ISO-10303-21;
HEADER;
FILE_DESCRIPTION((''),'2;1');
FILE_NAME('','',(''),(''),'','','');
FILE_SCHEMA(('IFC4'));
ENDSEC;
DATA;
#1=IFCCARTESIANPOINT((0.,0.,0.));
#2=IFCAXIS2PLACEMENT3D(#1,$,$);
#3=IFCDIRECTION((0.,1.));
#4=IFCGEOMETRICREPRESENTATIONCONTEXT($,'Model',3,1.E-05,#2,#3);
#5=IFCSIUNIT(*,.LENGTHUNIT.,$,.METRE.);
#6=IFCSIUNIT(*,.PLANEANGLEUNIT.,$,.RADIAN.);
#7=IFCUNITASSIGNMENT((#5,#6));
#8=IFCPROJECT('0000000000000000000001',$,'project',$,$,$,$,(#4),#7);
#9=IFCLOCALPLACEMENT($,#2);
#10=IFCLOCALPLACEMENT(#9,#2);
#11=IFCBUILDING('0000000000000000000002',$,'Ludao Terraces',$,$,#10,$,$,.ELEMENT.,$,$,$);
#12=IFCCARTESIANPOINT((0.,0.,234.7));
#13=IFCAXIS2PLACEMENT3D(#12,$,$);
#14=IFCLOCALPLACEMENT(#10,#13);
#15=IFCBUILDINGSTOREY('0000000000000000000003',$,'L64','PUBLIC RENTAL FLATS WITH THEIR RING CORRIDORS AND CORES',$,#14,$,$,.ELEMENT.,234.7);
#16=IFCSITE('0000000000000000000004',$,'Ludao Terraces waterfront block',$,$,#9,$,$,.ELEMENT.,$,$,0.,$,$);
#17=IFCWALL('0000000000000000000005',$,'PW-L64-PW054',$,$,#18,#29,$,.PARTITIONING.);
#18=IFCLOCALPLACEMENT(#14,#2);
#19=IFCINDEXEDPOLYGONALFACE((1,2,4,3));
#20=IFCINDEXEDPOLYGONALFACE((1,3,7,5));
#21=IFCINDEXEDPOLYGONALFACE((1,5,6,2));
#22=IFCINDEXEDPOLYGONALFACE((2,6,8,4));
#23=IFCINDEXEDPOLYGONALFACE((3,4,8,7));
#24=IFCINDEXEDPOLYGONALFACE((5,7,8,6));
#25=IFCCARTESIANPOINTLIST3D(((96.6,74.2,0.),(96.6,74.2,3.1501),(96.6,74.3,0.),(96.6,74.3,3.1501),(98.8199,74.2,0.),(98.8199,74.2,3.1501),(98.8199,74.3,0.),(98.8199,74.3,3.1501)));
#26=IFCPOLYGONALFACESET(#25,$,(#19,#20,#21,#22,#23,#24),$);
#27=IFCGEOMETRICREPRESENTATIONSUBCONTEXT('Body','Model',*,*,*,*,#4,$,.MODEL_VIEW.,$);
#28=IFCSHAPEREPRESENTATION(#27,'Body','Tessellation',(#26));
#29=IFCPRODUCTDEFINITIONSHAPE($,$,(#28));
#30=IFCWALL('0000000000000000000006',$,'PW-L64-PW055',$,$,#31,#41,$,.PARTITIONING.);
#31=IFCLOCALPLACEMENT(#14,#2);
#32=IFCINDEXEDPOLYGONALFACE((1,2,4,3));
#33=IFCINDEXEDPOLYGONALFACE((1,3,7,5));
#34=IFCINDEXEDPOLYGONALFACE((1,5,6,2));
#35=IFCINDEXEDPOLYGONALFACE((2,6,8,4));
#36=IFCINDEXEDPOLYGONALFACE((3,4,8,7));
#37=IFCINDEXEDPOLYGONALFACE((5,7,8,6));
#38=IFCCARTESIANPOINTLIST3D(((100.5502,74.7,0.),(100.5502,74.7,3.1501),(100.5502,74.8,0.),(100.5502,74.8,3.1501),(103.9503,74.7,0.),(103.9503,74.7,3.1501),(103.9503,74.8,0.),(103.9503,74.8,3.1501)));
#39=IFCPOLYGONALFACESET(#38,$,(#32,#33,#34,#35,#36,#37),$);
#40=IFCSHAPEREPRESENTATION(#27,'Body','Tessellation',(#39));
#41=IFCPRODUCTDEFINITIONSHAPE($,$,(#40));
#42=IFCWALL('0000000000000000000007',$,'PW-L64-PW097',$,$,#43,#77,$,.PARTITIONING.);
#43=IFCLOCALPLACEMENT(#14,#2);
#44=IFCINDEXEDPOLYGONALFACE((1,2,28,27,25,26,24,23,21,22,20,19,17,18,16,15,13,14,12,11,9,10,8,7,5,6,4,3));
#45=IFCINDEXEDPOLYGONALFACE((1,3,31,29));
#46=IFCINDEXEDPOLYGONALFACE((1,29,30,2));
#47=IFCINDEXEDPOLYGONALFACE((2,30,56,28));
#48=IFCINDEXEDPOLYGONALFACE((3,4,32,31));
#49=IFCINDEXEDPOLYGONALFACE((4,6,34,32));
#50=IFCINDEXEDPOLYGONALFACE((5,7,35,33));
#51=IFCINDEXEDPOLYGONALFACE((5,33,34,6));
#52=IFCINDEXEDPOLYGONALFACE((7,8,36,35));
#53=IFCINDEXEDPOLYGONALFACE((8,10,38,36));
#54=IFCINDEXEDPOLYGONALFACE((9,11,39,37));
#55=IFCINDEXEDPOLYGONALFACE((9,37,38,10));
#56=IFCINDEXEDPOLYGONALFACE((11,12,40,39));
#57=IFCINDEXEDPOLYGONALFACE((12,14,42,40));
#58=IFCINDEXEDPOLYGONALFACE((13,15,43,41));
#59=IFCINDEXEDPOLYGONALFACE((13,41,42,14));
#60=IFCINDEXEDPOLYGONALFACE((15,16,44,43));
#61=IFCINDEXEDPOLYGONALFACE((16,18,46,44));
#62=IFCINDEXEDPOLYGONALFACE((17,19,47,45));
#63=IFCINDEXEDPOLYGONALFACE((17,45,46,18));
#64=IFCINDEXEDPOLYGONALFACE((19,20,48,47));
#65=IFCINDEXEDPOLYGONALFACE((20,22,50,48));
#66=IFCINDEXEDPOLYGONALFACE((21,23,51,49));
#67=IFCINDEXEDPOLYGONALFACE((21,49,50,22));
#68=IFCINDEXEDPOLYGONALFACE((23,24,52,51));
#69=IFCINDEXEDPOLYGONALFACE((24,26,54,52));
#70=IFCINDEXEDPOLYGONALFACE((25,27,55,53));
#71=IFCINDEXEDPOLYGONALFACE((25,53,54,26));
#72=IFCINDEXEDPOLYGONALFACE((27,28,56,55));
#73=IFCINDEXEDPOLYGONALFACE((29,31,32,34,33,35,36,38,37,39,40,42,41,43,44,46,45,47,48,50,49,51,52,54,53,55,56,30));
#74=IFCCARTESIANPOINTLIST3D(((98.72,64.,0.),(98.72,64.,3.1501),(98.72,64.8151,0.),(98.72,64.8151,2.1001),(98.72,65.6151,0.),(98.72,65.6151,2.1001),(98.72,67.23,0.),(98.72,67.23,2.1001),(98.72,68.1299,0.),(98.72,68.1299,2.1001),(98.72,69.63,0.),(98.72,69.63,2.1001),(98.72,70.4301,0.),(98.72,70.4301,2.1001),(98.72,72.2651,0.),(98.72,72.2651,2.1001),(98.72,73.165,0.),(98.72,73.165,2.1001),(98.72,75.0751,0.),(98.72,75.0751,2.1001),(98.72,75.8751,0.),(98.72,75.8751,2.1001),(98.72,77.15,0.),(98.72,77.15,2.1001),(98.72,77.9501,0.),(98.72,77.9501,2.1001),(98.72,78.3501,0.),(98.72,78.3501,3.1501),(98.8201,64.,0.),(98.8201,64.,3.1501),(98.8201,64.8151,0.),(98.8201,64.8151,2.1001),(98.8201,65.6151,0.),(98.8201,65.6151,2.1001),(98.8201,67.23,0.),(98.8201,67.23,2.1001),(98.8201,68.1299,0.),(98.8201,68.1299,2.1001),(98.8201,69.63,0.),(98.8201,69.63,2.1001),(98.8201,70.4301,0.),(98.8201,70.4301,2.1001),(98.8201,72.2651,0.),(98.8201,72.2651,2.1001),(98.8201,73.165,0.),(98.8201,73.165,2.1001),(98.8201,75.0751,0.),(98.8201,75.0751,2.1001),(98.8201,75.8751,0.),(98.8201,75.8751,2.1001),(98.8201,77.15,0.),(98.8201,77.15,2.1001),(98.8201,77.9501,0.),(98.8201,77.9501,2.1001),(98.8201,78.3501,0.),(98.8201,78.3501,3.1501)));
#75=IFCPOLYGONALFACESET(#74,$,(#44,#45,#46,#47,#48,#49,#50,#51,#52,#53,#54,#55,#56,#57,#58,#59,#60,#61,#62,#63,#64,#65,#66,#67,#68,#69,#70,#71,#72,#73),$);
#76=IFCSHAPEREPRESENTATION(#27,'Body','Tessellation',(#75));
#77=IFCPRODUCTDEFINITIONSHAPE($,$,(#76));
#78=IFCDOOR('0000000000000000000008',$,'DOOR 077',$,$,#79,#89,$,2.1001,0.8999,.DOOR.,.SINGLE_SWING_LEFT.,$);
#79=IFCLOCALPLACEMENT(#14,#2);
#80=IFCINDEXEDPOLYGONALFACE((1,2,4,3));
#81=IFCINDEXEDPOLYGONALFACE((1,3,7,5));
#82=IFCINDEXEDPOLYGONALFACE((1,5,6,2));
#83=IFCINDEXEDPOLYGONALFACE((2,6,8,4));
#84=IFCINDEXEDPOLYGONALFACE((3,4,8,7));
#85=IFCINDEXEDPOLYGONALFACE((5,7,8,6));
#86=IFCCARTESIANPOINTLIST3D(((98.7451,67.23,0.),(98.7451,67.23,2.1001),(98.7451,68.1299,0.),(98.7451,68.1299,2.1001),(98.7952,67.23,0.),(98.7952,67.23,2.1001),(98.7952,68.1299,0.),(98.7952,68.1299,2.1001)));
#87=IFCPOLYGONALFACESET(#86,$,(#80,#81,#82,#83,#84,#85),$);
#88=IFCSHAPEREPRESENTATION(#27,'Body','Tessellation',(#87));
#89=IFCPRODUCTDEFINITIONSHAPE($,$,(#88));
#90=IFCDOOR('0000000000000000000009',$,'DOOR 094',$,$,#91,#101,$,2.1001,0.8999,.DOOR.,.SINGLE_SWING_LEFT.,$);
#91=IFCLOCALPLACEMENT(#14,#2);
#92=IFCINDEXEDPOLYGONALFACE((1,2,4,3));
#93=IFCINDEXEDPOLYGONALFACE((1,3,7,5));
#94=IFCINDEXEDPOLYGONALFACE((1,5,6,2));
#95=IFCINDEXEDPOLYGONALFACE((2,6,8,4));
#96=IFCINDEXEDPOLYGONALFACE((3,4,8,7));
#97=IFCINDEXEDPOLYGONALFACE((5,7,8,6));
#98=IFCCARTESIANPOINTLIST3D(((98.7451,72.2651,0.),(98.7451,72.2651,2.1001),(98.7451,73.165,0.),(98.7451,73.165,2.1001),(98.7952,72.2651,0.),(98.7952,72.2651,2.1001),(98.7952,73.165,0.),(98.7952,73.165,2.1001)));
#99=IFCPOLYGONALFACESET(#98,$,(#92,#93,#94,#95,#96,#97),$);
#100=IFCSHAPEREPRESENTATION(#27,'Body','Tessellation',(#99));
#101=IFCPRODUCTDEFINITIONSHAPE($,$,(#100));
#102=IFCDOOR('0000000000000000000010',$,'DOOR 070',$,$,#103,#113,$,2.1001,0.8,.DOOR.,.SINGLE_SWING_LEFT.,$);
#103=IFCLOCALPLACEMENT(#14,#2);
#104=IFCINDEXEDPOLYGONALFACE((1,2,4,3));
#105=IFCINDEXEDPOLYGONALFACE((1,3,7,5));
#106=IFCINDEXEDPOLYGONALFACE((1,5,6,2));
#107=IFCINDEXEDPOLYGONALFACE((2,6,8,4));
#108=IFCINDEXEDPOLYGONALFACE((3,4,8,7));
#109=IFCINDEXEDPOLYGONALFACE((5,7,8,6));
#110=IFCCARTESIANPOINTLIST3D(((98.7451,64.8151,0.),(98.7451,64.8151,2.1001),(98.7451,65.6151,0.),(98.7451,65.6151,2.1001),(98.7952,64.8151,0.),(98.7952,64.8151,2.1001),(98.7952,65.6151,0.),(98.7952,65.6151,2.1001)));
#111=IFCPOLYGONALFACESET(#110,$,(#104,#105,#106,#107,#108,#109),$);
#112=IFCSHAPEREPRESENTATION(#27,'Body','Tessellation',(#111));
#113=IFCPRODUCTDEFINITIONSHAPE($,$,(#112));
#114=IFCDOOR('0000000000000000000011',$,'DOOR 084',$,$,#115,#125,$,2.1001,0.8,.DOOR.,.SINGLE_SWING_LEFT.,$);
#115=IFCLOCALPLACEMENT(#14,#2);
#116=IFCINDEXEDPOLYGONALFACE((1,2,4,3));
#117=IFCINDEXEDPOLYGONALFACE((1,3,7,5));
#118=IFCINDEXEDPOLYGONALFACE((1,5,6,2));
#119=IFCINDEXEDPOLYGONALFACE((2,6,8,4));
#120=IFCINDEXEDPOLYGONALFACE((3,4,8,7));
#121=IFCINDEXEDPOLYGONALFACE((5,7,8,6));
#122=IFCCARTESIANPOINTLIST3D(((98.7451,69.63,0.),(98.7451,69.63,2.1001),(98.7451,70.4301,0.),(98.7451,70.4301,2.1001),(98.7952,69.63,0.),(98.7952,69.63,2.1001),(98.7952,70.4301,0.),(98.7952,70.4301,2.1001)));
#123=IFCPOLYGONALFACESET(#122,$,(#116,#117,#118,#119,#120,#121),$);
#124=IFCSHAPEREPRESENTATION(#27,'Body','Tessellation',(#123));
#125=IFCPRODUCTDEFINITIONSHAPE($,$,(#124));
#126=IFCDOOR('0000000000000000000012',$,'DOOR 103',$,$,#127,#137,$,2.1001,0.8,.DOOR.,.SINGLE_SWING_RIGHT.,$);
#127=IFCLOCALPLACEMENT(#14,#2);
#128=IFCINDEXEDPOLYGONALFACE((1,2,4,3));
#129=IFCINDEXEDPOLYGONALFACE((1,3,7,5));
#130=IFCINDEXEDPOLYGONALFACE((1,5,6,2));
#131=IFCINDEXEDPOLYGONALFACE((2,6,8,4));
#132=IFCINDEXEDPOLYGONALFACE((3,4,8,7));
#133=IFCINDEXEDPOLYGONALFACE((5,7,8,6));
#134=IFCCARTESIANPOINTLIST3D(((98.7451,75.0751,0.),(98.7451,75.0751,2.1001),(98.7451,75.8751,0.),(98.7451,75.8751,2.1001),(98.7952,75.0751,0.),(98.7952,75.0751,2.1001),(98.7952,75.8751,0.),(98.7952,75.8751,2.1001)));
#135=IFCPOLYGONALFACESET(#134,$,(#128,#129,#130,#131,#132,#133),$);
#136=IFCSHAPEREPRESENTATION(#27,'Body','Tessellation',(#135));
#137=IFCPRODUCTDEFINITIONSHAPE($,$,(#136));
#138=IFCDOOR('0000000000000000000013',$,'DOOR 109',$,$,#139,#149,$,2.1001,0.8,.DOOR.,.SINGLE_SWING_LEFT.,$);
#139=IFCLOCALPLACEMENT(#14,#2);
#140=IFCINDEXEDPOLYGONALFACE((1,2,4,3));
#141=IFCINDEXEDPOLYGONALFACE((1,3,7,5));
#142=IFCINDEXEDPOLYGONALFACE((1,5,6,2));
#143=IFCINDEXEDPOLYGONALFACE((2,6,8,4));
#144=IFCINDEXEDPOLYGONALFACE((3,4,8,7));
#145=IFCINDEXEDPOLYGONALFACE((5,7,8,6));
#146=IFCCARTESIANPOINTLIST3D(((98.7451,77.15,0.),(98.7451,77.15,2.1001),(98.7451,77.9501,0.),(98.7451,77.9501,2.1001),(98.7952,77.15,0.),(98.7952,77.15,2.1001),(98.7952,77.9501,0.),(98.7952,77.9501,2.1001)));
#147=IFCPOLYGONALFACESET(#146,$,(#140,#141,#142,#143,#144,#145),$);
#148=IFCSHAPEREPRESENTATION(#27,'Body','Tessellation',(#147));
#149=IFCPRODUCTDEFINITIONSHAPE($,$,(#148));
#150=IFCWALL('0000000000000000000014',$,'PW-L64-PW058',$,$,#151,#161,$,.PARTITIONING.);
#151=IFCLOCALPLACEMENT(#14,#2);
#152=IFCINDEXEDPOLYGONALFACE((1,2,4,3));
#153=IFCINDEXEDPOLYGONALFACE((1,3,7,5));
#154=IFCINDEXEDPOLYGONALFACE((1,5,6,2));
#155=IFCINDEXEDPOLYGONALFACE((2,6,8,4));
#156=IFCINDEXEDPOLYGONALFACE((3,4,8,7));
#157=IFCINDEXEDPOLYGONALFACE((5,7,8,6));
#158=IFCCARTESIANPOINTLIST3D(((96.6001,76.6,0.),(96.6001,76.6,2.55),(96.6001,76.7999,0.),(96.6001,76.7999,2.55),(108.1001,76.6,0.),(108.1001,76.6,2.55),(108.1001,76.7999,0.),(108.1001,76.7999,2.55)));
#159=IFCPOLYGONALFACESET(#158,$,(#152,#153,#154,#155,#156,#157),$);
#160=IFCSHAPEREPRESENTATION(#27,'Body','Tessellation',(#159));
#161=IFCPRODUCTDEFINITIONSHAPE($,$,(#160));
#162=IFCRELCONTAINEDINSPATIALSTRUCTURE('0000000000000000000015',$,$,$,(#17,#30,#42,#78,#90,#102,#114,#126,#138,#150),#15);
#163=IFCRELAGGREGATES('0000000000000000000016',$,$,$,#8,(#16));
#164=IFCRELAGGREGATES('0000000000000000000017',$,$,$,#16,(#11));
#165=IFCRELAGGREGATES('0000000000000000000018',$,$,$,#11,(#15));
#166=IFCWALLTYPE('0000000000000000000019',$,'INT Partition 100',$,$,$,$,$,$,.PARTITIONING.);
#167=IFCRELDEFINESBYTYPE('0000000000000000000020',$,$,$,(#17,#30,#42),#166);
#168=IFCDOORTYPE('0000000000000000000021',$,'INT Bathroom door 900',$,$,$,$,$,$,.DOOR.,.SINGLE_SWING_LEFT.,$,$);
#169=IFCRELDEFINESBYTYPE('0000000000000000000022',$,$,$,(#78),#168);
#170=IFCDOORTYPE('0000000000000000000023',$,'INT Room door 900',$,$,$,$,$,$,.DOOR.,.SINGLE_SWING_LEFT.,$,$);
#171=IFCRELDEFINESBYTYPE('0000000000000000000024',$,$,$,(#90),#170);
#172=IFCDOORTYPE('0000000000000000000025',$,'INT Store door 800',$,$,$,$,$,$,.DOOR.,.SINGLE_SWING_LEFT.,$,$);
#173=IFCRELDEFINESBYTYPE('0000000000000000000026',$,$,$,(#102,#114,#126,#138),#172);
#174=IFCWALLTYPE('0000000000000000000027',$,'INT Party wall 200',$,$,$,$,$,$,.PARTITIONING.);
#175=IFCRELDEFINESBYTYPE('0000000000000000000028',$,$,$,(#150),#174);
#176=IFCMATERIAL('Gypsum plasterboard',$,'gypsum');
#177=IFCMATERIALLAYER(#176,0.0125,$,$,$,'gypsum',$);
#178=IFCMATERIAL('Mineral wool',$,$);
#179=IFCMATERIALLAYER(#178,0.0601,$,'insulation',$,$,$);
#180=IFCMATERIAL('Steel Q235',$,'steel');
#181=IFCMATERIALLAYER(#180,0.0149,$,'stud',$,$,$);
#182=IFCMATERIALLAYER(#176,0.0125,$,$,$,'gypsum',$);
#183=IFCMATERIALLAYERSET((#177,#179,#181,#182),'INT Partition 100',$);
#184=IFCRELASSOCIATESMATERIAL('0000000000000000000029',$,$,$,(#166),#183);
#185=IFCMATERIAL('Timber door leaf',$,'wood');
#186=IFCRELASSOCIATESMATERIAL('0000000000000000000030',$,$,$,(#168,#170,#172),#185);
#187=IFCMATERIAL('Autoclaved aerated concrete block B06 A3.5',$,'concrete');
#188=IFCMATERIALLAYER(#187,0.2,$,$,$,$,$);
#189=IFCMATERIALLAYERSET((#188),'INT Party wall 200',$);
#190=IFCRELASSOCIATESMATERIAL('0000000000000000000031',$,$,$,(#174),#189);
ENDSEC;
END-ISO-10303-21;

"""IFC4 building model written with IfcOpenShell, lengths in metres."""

from ifc_helpers import new_model, si_unit, direction, frame, frame_2d, origin, place, context, subcontext, project, spatial, rectangle, extrude, material, layer, layer_set, type_object, element, fill, save


model = new_model("IFC4")

# Units and contexts
model_context = context("Model", 3, precision=1e-05, world=origin(), true_north=direction((0.0, 1.0)))
body_context = subcontext(model_context, "Body", "Model", "MODEL_VIEW")
ifc_project = project(units=[si_unit("LENGTHUNIT", "METRE"), si_unit("PLANEANGLEUNIT", "RADIAN")], contexts=[model_context])

# Site, building, storey
site_placement = place(None, origin())
site = spatial("IfcSite", under=ifc_project, at=site_placement, Name="Ludao Terraces waterfront block", CompositionType="ELEMENT", RefElevation=0.0)
building_placement = place(site_placement, origin())
building = spatial("IfcBuilding", under=site, at=building_placement, Name="Ludao Terraces", CompositionType="ELEMENT")
storey_placement = place(building_placement, frame((0.0, 0.0, 234.7)))
storey = spatial("IfcBuildingStorey", under=building, at=storey_placement, Name="L64", Description="PUBLIC RENTAL FLATS WITH THEIR RING CORRIDORS AND CORES", CompositionType="ELEMENT", Elevation=234.7)

# Shared definitions
ifc_material_1 = material(Name="Mineral wool")

# Walls
ifc_material_2 = material(Name="Gypsum plasterboard", Category="gypsum")
ifc_layer_1 = layer(ifc_material_2, 0.0125, Category="gypsum")
ifc_layer_2 = layer(ifc_material_1, 0.0601, Name="insulation")
ifc_material_3 = material(Name="Steel Q235", Category="steel")
ifc_layer_3 = layer(ifc_material_3, 0.0149, Name="stud")
ifc_layer_4 = layer(ifc_material_2, 0.0125, Category="gypsum")
ifc_layer_set_1 = layer_set([ifc_layer_1, ifc_layer_2, ifc_layer_3, ifc_layer_4], Name="INT Partition 100")
wall_type_1 = type_object("IfcWallType", Name="INT Partition 100", PredefinedType="PARTITIONING", material=ifc_layer_set_1)
wall_1_placement = place(storey_placement, frame((96.6001, 74.25, 0.0), z_axis=(0.0, 0.0, 1.0), x_axis=(1.0, 0.0, 0.0)))
element("IfcWall", 1, at=wall_1_placement, inside=storey, type_object=wall_type_1, Name="PW-L64-PW054", PredefinedType="PARTITIONING", context=body_context, shape_type="SweptSolid", body=[
    extrude(rectangle(XDim=2.22, YDim=0.1001, at=frame_2d((1.1099, 0.0))), origin(), (0.0, 0.0, 1.0), 3.1501),
])
wall_2_placement = place(storey_placement, frame((100.55, 74.75, 0.0), z_axis=(0.0, 0.0, 1.0), x_axis=(1.0, 0.0, 0.0)))
element("IfcWall", 2, at=wall_2_placement, inside=storey, type_object=wall_type_1, Name="PW-L64-PW055", PredefinedType="PARTITIONING", context=body_context, shape_type="SweptSolid", body=[
    extrude(rectangle(XDim=3.4001, YDim=0.1001, at=frame_2d((1.7002, 0.0))), origin(), (0.0, 0.0, 1.0), 3.1501),
])

# Wall, openings, doors
wall_3_placement = place(storey_placement, frame((98.77, 64.0, 0.0), z_axis=(0.0, 0.0, 1.0), x_axis=(0.0, 1.0, 0.0)))
wall_3 = element("IfcWall", 3, at=wall_3_placement, inside=storey, type_object=wall_type_1, Name="PW-L64-PW097", PredefinedType="PARTITIONING", context=body_context, shape_type="SweptSolid", body=[
    extrude(rectangle(XDim=14.3501, YDim=0.1001, at=frame_2d((7.175, 0.0))), origin(), (0.0, 0.0, 1.0), 3.1501),
])
opening_1_placement = place(wall_3_placement, frame((0.8152, 0.0, 0.0)))
opening_1 = element("IfcOpeningElement", 4, at=opening_1_placement, cuts=wall_3, PredefinedType="OPENING", context=body_context, shape_type="SweptSolid", body=[
    extrude(rectangle(XDim=0.8, YDim=2.1001, at=frame_2d((0.3999, 1.05))), frame((0.0, 0.0601, 0.0), z_axis=(0.0, -1.0, 0.0), x_axis=(1.0, 0.0, 0.0)), (0.0, 0.0, 1.0), 0.1201),
])
opening_2_placement = place(wall_3_placement, frame((3.23, 0.0, 0.0)))
opening_2 = element("IfcOpeningElement", 5, at=opening_2_placement, cuts=wall_3, PredefinedType="OPENING", context=body_context, shape_type="SweptSolid", body=[
    extrude(rectangle(XDim=0.8999, YDim=2.1001, at=frame_2d((0.45, 1.05))), frame((0.0, 0.0601, 0.0), z_axis=(0.0, -1.0, 0.0), x_axis=(1.0, 0.0, 0.0)), (0.0, 0.0, 1.0), 0.1201),
])
opening_3_placement = place(wall_3_placement, frame((5.6301, 0.0, 0.0)))
opening_3 = element("IfcOpeningElement", 6, at=opening_3_placement, cuts=wall_3, PredefinedType="OPENING", context=body_context, shape_type="SweptSolid", body=[
    extrude(rectangle(XDim=0.8, YDim=2.1001, at=frame_2d((0.3999, 1.05))), frame((0.0, 0.0601, 0.0), z_axis=(0.0, -1.0, 0.0), x_axis=(1.0, 0.0, 0.0)), (0.0, 0.0, 1.0), 0.1201),
])
opening_4_placement = place(wall_3_placement, frame((8.2651, 0.0, 0.0)))
opening_4 = element("IfcOpeningElement", 7, at=opening_4_placement, cuts=wall_3, PredefinedType="OPENING", context=body_context, shape_type="SweptSolid", body=[
    extrude(rectangle(XDim=0.8999, YDim=2.1001, at=frame_2d((0.45, 1.05))), frame((0.0, 0.0601, 0.0), z_axis=(0.0, -1.0, 0.0), x_axis=(1.0, 0.0, 0.0)), (0.0, 0.0, 1.0), 0.1201),
])
opening_5_placement = place(wall_3_placement, frame((11.0752, 0.0, 0.0)))
opening_5 = element("IfcOpeningElement", 8, at=opening_5_placement, cuts=wall_3, PredefinedType="OPENING", context=body_context, shape_type="SweptSolid", body=[
    extrude(rectangle(XDim=0.8, YDim=2.1001, at=frame_2d((0.3999, 1.05))), frame((0.0, 0.0601, 0.0), z_axis=(0.0, -1.0, 0.0), x_axis=(1.0, 0.0, 0.0)), (0.0, 0.0, 1.0), 0.1201),
])
opening_6_placement = place(wall_3_placement, frame((13.1501, 0.0, 0.0)))
opening_6 = element("IfcOpeningElement", 9, at=opening_6_placement, cuts=wall_3, PredefinedType="OPENING", context=body_context, shape_type="SweptSolid", body=[
    extrude(rectangle(XDim=0.8, YDim=2.1001, at=frame_2d((0.3999, 1.05))), frame((0.0, 0.0601, 0.0), z_axis=(0.0, -1.0, 0.0), x_axis=(1.0, 0.0, 0.0)), (0.0, 0.0, 1.0), 0.1201),
])
ifc_material_4 = material(Name="Timber door leaf", Category="wood")
door_type_1 = type_object("IfcDoorType", Name="INT Bathroom door 900", OperationType="SINGLE_SWING_LEFT", PredefinedType="DOOR", material=ifc_material_4)
door_1_placement = place(opening_2_placement, origin())
door_1 = element("IfcDoor", 10, at=door_1_placement, inside=storey, type_object=door_type_1, Name="DOOR 077", OperationType="SINGLE_SWING_LEFT", OverallHeight=2.1001, OverallWidth=0.8999, PredefinedType="DOOR", context=body_context, shape_type="SweptSolid", body=[
    extrude(rectangle(XDim=0.8999, YDim=2.1001, at=frame_2d((0.45, 1.05))), frame((0.0, 0.0249, 0.0), z_axis=(0.0, -1.0, 0.0), x_axis=(1.0, 0.0, 0.0)), (0.0, 0.0, 1.0), 0.05),
])
fill(opening_2, door_1)
door_type_2 = type_object("IfcDoorType", Name="INT Room door 900", OperationType="SINGLE_SWING_LEFT", PredefinedType="DOOR", material=ifc_material_4)
door_2_placement = place(opening_4_placement, origin())
door_2 = element("IfcDoor", 11, at=door_2_placement, inside=storey, type_object=door_type_2, Name="DOOR 094", OperationType="SINGLE_SWING_LEFT", OverallHeight=2.1001, OverallWidth=0.8999, PredefinedType="DOOR", context=body_context, shape_type="SweptSolid", body=[
    extrude(rectangle(XDim=0.8999, YDim=2.1001, at=frame_2d((0.45, 1.05))), frame((0.0, 0.0249, 0.0), z_axis=(0.0, -1.0, 0.0), x_axis=(1.0, 0.0, 0.0)), (0.0, 0.0, 1.0), 0.05),
])
fill(opening_4, door_2)
door_type_3 = type_object("IfcDoorType", Name="INT Store door 800", OperationType="SINGLE_SWING_LEFT", PredefinedType="DOOR", material=ifc_material_4)
door_3_placement = place(opening_1_placement, origin())
door_3 = element("IfcDoor", 12, at=door_3_placement, inside=storey, type_object=door_type_3, Name="DOOR 070", OperationType="SINGLE_SWING_LEFT", OverallHeight=2.1001, OverallWidth=0.8, PredefinedType="DOOR", context=body_context, shape_type="SweptSolid", body=[
    extrude(rectangle(XDim=0.8, YDim=2.1001, at=frame_2d((0.3999, 1.05))), frame((0.0, 0.0249, 0.0), z_axis=(0.0, -1.0, 0.0), x_axis=(1.0, 0.0, 0.0)), (0.0, 0.0, 1.0), 0.05),
])
fill(opening_1, door_3)
door_4_placement = place(opening_3_placement, origin())
door_4 = element("IfcDoor", 13, at=door_4_placement, inside=storey, type_object=door_type_3, Name="DOOR 084", OperationType="SINGLE_SWING_LEFT", OverallHeight=2.1001, OverallWidth=0.8, PredefinedType="DOOR", context=body_context, shape_type="SweptSolid", body=[
    extrude(rectangle(XDim=0.8, YDim=2.1001, at=frame_2d((0.3999, 1.05))), frame((0.0, 0.0249, 0.0), z_axis=(0.0, -1.0, 0.0), x_axis=(1.0, 0.0, 0.0)), (0.0, 0.0, 1.0), 0.05),
])
fill(opening_3, door_4)
door_5_placement = place(opening_5_placement, origin())
door_5 = element("IfcDoor", 14, at=door_5_placement, inside=storey, type_object=door_type_3, Name="DOOR 103", OperationType="SINGLE_SWING_RIGHT", OverallHeight=2.1001, OverallWidth=0.8, PredefinedType="DOOR", context=body_context, shape_type="SweptSolid", body=[
    extrude(rectangle(XDim=0.8, YDim=2.1001, at=frame_2d((0.3999, 1.05))), frame((0.0, 0.0249, 0.0), z_axis=(0.0, -1.0, 0.0), x_axis=(1.0, 0.0, 0.0)), (0.0, 0.0, 1.0), 0.05),
])
fill(opening_5, door_5)
door_6_placement = place(opening_6_placement, origin())
door_6 = element("IfcDoor", 15, at=door_6_placement, inside=storey, type_object=door_type_3, Name="DOOR 109", OperationType="SINGLE_SWING_LEFT", OverallHeight=2.1001, OverallWidth=0.8, PredefinedType="DOOR", context=body_context, shape_type="SweptSolid", body=[
    extrude(rectangle(XDim=0.8, YDim=2.1001, at=frame_2d((0.3999, 1.05))), frame((0.0, 0.0249, 0.0), z_axis=(0.0, -1.0, 0.0), x_axis=(1.0, 0.0, 0.0)), (0.0, 0.0, 1.0), 0.05),
])
fill(opening_6, door_6)

# Wall
ifc_material_5 = material(Name="Autoclaved aerated concrete block B06 A3.5", Category="concrete")
ifc_layer_5 = layer(ifc_material_5, 0.2)
ifc_layer_set_2 = layer_set([ifc_layer_5], Name="INT Party wall 200")
wall_type_2 = type_object("IfcWallType", Name="INT Party wall 200", PredefinedType="PARTITIONING", material=ifc_layer_set_2)
wall_4_placement = place(storey_placement, frame((96.6001, 76.7, 0.0), z_axis=(0.0, 0.0, 1.0), x_axis=(1.0, 0.0, 0.0)))
element("IfcWall", 16, at=wall_4_placement, inside=storey, type_object=wall_type_2, Name="PW-L64-PW058", PredefinedType="PARTITIONING", context=body_context, shape_type="SweptSolid", body=[
    extrude(rectangle(XDim=11.5, YDim=0.2, at=frame_2d((5.75, 0.0))), origin(), (0.0, 0.0, 1.0), 2.55),
])

save(model, "model.ifc")
